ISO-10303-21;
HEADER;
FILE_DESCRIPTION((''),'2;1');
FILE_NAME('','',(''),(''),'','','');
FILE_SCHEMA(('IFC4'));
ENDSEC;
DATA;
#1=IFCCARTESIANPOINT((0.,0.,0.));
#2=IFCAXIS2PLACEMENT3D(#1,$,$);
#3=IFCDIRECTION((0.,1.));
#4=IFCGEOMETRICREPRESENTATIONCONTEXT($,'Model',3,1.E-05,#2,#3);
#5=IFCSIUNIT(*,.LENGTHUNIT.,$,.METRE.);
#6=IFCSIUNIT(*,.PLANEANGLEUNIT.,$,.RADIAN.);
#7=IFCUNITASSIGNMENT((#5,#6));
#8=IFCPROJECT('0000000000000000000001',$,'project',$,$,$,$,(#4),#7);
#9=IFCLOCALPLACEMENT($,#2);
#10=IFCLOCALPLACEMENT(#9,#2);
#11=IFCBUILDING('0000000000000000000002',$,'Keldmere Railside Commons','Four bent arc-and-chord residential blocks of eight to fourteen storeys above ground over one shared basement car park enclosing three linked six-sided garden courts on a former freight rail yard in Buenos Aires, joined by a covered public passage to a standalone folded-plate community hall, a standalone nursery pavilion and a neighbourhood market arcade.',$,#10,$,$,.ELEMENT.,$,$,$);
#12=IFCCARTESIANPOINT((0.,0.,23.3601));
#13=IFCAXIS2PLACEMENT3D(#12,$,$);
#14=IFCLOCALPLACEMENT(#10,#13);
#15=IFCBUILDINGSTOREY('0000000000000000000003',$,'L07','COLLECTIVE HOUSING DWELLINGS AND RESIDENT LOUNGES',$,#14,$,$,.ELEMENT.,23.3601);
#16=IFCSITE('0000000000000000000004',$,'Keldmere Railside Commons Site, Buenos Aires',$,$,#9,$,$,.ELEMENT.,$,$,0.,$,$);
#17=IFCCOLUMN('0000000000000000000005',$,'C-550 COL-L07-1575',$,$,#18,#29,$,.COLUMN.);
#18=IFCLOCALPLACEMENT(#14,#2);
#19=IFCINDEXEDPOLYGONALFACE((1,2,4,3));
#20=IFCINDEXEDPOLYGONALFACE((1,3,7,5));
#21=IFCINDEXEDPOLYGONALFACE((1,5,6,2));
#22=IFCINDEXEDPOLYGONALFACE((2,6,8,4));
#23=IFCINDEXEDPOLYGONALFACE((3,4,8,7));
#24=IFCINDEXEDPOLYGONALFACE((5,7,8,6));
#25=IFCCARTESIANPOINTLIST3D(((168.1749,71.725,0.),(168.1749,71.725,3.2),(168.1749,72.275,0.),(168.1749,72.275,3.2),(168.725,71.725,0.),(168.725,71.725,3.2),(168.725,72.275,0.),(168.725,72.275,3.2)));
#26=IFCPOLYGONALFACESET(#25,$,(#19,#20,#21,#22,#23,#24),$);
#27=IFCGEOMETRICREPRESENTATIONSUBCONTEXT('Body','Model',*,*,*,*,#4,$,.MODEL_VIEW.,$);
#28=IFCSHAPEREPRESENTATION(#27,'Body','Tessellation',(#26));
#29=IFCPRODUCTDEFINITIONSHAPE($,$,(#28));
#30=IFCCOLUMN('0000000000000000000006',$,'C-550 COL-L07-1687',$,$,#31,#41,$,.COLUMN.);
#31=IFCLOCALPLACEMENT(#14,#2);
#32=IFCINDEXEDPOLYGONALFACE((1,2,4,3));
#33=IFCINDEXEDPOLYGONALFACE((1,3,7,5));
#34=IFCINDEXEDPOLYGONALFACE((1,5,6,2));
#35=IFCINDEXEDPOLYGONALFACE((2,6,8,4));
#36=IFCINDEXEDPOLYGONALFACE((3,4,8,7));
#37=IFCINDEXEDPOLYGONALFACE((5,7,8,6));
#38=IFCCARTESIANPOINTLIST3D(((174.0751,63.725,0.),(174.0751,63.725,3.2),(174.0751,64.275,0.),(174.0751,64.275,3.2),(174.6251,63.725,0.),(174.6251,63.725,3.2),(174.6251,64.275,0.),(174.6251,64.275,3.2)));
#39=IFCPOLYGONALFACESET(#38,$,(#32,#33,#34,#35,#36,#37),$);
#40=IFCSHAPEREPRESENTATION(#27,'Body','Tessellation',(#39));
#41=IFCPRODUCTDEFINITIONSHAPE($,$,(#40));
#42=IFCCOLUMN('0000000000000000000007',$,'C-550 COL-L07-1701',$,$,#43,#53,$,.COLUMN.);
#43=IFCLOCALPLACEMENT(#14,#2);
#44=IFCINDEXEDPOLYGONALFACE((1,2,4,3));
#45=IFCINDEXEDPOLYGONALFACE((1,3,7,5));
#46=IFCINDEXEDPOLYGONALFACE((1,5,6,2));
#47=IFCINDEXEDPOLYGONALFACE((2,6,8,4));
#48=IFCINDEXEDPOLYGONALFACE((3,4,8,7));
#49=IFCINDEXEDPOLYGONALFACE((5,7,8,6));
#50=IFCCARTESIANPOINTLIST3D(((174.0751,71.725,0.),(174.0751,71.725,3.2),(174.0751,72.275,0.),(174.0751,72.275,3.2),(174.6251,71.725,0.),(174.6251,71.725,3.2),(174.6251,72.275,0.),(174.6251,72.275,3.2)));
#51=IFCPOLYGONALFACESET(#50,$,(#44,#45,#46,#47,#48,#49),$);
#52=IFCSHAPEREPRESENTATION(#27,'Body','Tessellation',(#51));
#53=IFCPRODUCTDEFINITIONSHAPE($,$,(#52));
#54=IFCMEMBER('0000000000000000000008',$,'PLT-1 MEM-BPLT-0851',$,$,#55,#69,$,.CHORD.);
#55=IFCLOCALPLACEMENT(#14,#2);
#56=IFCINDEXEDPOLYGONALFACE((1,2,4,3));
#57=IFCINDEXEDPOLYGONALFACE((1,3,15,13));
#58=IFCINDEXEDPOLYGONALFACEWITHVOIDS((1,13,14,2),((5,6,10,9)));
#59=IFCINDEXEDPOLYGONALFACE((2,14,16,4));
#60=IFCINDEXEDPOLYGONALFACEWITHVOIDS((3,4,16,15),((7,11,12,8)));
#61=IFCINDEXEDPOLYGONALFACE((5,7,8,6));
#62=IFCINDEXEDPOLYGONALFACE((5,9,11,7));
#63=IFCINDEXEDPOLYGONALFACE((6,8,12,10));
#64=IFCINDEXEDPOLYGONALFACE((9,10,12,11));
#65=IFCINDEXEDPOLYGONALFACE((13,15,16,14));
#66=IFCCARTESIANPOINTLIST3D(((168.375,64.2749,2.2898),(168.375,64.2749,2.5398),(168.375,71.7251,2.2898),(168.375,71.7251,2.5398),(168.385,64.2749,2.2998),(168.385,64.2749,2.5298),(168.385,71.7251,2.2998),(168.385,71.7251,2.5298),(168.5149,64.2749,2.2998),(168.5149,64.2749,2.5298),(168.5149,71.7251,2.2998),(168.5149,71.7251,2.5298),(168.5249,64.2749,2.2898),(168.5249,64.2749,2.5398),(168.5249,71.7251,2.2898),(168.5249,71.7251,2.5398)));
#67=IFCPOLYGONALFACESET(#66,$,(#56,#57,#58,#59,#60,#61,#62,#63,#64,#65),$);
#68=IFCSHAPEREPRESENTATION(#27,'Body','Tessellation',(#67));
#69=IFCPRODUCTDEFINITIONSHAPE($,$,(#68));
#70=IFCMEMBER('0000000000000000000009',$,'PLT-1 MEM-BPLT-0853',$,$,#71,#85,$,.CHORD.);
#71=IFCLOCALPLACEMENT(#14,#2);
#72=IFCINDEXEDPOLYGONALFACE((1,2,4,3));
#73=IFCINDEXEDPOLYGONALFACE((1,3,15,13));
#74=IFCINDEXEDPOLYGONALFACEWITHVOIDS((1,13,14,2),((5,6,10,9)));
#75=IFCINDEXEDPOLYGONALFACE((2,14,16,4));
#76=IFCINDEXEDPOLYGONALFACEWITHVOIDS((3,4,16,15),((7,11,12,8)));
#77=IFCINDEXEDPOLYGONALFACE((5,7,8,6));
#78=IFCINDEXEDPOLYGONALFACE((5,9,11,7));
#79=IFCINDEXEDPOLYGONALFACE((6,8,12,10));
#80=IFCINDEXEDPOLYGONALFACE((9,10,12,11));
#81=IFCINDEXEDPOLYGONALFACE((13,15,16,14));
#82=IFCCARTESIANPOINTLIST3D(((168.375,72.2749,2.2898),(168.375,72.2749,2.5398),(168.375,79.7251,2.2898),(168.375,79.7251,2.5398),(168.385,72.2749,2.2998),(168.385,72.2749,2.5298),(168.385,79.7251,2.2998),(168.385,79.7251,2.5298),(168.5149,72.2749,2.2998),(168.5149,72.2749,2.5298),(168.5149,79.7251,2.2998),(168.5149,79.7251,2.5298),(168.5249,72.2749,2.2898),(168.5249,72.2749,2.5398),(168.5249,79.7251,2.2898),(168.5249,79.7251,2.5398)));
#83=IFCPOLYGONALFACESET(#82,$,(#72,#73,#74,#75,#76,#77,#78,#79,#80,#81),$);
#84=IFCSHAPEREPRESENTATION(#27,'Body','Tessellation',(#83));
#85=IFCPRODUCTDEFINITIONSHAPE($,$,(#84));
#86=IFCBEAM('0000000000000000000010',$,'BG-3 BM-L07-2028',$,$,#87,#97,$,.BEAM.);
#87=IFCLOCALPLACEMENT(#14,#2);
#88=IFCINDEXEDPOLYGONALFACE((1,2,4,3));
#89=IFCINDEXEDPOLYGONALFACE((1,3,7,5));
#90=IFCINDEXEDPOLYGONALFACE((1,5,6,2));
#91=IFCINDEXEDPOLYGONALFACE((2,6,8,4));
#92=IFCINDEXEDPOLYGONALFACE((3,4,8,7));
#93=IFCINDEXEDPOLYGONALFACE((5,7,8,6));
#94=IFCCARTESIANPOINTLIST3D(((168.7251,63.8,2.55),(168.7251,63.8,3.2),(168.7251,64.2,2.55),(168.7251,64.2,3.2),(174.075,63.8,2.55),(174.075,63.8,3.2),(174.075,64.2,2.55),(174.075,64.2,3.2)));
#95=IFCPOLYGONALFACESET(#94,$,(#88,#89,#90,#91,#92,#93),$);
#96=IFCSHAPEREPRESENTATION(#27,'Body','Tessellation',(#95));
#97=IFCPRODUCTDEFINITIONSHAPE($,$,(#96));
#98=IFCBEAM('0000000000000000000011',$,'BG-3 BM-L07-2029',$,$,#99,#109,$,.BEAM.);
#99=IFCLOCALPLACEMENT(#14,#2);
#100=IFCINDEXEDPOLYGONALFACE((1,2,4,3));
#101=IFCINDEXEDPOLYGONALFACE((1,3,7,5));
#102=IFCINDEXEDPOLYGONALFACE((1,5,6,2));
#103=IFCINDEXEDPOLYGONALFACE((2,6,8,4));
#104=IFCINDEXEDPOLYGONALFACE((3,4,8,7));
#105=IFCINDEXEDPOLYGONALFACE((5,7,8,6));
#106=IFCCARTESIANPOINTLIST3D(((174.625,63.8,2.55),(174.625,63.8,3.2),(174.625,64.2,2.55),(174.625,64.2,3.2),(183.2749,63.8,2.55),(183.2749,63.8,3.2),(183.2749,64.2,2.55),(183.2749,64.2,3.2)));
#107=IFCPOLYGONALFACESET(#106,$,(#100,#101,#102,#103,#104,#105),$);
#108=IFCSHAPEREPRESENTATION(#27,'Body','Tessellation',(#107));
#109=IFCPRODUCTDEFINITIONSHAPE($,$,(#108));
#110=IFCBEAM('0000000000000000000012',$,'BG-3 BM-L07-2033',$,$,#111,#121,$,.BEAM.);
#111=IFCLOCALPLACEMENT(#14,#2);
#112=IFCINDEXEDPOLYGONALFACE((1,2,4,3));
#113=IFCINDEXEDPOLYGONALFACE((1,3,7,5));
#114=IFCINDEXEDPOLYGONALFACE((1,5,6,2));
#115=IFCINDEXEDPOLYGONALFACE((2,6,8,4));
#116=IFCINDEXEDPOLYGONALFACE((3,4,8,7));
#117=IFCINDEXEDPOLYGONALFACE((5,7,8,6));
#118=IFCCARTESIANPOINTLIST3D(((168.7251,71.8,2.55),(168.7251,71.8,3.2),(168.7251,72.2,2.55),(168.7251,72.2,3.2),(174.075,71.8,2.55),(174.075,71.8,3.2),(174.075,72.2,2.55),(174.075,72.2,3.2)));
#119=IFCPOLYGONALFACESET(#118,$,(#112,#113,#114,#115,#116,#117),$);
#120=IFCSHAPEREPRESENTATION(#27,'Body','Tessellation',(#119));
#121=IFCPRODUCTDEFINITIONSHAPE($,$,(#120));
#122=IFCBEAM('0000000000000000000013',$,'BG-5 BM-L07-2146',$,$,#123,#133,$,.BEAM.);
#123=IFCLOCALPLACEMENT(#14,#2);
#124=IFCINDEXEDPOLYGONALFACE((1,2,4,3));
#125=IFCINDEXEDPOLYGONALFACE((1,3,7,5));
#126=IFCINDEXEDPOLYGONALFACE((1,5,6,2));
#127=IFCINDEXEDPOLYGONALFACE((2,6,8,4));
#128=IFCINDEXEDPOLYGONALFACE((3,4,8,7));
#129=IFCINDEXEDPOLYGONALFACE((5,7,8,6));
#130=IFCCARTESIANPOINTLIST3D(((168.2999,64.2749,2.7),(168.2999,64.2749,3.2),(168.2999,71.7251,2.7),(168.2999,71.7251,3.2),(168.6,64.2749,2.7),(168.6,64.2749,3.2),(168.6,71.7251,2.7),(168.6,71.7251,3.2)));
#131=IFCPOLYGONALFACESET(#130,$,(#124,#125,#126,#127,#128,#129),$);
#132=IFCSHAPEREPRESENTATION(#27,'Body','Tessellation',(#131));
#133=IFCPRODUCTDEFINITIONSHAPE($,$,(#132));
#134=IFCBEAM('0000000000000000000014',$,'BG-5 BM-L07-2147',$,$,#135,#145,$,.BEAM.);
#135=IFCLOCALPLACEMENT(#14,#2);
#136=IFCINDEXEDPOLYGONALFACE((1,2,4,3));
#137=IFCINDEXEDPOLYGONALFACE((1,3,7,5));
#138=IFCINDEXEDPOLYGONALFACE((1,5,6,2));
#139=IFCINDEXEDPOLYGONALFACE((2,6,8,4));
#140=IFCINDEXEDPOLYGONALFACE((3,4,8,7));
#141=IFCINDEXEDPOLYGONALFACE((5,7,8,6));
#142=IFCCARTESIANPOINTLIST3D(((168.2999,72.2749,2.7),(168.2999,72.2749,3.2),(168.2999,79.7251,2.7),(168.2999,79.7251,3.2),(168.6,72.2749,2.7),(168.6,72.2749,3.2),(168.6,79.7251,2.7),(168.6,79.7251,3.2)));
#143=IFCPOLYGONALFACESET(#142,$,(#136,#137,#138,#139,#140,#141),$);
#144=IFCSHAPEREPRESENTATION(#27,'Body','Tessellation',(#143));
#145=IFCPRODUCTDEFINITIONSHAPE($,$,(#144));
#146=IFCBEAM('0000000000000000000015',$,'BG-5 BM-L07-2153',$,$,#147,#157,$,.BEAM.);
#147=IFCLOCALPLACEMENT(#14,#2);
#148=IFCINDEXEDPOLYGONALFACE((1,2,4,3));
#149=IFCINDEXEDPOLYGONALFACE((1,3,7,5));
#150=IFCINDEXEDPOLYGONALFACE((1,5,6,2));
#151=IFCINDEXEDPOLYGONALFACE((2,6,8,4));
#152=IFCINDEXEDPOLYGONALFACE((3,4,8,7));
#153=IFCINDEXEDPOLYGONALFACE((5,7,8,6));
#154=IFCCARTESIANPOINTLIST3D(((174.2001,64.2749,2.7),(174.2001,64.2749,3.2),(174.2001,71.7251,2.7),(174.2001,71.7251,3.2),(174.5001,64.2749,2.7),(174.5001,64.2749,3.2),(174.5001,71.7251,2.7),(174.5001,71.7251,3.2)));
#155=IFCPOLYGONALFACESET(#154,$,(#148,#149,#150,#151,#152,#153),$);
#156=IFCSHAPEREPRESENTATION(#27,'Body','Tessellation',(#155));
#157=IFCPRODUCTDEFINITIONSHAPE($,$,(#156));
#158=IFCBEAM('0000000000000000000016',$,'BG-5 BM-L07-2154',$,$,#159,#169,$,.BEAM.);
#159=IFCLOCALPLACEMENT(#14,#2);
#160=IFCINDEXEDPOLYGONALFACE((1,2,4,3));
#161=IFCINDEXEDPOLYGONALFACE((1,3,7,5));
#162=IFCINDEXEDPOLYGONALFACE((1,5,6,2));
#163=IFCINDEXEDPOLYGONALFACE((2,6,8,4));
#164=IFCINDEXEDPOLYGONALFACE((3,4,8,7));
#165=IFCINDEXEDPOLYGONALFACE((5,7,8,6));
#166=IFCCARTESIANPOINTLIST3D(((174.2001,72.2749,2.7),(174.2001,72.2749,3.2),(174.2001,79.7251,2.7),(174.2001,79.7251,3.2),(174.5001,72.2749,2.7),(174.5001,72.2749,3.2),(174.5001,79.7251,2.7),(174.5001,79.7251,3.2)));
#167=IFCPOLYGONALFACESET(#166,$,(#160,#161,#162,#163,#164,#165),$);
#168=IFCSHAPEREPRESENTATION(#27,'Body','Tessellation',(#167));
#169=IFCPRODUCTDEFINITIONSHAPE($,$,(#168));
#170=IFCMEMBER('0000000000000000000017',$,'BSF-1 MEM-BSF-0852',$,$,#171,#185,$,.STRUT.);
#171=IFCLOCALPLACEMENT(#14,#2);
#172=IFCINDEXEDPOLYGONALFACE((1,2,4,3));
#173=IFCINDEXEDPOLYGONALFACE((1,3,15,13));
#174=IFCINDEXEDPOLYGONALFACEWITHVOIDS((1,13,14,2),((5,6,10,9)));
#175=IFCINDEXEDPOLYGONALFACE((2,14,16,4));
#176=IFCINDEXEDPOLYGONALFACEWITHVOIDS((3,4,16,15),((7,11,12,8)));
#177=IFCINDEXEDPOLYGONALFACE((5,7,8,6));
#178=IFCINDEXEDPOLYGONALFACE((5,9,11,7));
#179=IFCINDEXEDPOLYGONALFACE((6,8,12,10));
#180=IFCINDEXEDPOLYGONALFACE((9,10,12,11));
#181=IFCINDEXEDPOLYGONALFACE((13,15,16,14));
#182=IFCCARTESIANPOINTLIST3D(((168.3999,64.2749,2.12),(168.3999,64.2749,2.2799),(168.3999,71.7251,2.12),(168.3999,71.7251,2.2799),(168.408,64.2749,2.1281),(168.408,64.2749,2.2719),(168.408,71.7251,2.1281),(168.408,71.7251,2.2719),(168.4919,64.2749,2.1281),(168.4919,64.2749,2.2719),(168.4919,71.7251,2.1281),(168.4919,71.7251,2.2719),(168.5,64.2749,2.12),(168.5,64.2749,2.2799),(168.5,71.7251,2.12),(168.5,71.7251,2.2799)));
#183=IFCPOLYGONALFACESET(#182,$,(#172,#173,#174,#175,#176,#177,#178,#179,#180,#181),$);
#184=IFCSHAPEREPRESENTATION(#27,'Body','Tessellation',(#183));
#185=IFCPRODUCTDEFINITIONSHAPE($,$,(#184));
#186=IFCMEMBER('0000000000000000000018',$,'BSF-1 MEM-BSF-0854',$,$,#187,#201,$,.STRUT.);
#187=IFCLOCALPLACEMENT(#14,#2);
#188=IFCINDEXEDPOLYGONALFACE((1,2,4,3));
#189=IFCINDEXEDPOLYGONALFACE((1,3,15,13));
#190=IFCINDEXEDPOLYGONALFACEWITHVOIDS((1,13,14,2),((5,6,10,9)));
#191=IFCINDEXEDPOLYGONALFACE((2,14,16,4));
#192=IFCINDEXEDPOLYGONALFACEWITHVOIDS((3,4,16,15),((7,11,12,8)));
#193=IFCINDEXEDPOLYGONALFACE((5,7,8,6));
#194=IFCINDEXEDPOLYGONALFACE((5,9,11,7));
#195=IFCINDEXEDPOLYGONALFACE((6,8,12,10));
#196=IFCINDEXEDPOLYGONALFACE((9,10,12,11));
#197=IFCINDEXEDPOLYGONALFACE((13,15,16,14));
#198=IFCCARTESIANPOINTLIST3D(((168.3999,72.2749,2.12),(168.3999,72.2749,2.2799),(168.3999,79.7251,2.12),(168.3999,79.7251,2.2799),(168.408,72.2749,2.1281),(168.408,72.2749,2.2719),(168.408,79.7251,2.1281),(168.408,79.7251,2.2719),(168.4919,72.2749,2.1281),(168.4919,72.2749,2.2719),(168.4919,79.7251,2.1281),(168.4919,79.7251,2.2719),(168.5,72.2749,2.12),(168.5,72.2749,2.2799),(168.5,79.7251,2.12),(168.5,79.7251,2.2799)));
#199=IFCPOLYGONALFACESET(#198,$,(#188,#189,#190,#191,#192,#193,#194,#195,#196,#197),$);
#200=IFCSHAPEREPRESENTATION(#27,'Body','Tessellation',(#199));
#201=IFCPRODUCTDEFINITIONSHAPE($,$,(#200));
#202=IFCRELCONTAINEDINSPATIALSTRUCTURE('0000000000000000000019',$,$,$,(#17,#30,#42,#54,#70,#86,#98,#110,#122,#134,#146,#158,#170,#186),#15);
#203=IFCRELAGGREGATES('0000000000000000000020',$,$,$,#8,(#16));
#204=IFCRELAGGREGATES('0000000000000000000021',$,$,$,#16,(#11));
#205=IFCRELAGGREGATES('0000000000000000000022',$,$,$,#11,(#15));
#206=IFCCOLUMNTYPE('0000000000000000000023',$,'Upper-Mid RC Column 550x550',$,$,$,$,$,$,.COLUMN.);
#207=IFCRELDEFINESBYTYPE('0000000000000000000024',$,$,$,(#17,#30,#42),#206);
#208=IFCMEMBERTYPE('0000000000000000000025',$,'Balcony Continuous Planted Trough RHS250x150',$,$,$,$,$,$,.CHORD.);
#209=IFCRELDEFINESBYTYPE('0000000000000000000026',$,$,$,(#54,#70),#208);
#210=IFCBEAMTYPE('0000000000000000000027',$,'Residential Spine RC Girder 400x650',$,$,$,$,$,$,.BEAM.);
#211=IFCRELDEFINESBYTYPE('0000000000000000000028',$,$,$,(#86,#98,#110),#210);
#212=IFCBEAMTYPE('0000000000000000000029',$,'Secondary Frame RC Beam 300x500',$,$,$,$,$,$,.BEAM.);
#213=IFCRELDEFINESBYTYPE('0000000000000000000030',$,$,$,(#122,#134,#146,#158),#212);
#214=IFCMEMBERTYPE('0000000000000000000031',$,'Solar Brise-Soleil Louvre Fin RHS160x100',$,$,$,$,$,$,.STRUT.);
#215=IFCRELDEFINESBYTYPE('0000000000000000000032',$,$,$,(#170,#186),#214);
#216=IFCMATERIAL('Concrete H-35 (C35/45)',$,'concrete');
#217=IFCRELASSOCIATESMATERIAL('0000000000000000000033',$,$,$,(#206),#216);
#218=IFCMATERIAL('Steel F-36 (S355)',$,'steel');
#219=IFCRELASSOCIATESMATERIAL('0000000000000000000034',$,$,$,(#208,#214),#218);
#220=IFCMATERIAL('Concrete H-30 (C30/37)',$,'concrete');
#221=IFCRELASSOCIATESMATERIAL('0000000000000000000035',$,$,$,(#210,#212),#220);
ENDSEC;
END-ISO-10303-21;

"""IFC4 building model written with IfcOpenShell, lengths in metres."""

from ifc_helpers import new_model, si_unit, direction, frame, origin, origin_2d, place, context, subcontext, project, spatial, rectangle, hollow_rectangle, extrude, material, material_profile, profile_set, type_object, element, save


model = new_model("IFC4")

# Units and contexts
model_context = context("Model", 3, precision=1e-05, world=origin(), true_north=direction((0.0, 1.0)))
body_context = subcontext(model_context, "Body", "Model", "MODEL_VIEW")
ifc_project = project(units=[si_unit("LENGTHUNIT", "METRE"), si_unit("PLANEANGLEUNIT", "RADIAN")], contexts=[model_context])

# Site, building, storey
site_placement = place(None, origin())
site = spatial("IfcSite", under=ifc_project, at=site_placement, Name="Keldmere Railside Commons Site, Buenos Aires", CompositionType="ELEMENT", RefElevation=0.0)
building_placement = place(site_placement, origin())
building = spatial("IfcBuilding", under=site, at=building_placement, Name="Keldmere Railside Commons", Description="Four bent arc-and-chord residential blocks of eight to fourteen storeys above ground over one shared basement car park enclosing three linked six-sided garden courts on a former freight rail yard in Buenos Aires, joined by a covered public passage to a standalone folded-plate community hall, a standalone nursery pavilion and a neighbourhood market arcade.", CompositionType="ELEMENT")
storey_placement = place(building_placement, frame((0.0, 0.0, 23.3601)))
storey = spatial("IfcBuildingStorey", under=building, at=storey_placement, Name="L07", Description="COLLECTIVE HOUSING DWELLINGS AND RESIDENT LOUNGES", CompositionType="ELEMENT", Elevation=23.3601)

# Columns
ifc_material_1 = material(Name="Concrete H-35 (C35/45)", Category="concrete")
ifc_material_profile_1 = material_profile(ifc_material_1, rectangle(XDim=0.55, YDim=0.55, at=origin_2d()), Name="RC-550x550")
ifc_profile_set_1 = profile_set([ifc_material_profile_1], Name="Concrete H-35 (C35/45)")
column_type = type_object("IfcColumnType", Name="Upper-Mid RC Column 550x550", PredefinedType="COLUMN", material=ifc_profile_set_1)
for number, where, z_axis, x_axis, name in (
    (1, (168.45, 72.0, 0.0), (0.0, 0.0, 1.0), (1.0, 0.0, 0.0), "C-550 COL-L07-1575"),
    (2, (174.3501, 64.0, 0.0), (0.0, 0.0, 1.0), (1.0, 0.0, 0.0), "C-550 COL-L07-1687"),
    (3, (174.3501, 72.0, 0.0), (0.0, 0.0, 1.0), (1.0, 0.0, 0.0), "C-550 COL-L07-1701"),
):
    element("IfcColumn", number, at=place(storey_placement, frame(where, z_axis=z_axis, x_axis=x_axis)), inside=storey, type_object=column_type, Name=name, PredefinedType="COLUMN", context=body_context, shape_type="SweptSolid", body=[
        extrude(rectangle(XDim=0.55, YDim=0.55, at=origin_2d()), origin(), (0.0, 0.0, 1.0), 3.2),
    ])

# Members
ifc_material_2 = material(Name="Steel F-36 (S355)", Category="steel")
ifc_material_profile_2 = material_profile(ifc_material_2, hollow_rectangle(XDim=0.1499, YDim=0.25, WallThickness=0.01, at=origin_2d()), Name="RHS-250x150x10")
ifc_profile_set_2 = profile_set([ifc_material_profile_2], Name="Steel F-36 (S355)")
member_type_1 = type_object("IfcMemberType", Name="Balcony Continuous Planted Trough RHS250x150", PredefinedType="CHORD", material=ifc_profile_set_2)
for number, where, z_axis, x_axis, name in (
    (4, (168.45, 64.2749, 2.4148), (0.0, 1.0, 0.0), (-1.0, 0.0, 0.0), "PLT-1 MEM-BPLT-0851"),
    (5, (168.45, 72.2749, 2.4148), (0.0, 1.0, 0.0), (-1.0, 0.0, 0.0), "PLT-1 MEM-BPLT-0853"),
):
    element("IfcMember", number, at=place(storey_placement, frame(where, z_axis=z_axis, x_axis=x_axis)), inside=storey, type_object=member_type_1, Name=name, PredefinedType="CHORD", context=body_context, shape_type="SweptSolid", body=[
        extrude(hollow_rectangle(XDim=0.1499, YDim=0.25, WallThickness=0.01, at=origin_2d()), origin(), (0.0, 0.0, 1.0), 7.4502),
    ])

# Beams
ifc_material_3 = material(Name="Concrete H-30 (C30/37)", Category="concrete")
ifc_material_profile_3 = material_profile(ifc_material_3, rectangle(XDim=0.3999, YDim=0.6499, at=origin_2d()), Name="RC-400x650")
ifc_profile_set_3 = profile_set([ifc_material_profile_3], Name="Concrete H-30 (C30/37)")
beam_type_1 = type_object("IfcBeamType", Name="Residential Spine RC Girder 400x650", PredefinedType="BEAM", material=ifc_profile_set_3)
beam_1_placement = place(storey_placement, frame((168.7251, 64.0, 2.875), z_axis=(1.0, 0.0, 0.0), x_axis=(0.0, 1.0, 0.0)))
element("IfcBeam", 6, at=beam_1_placement, inside=storey, type_object=beam_type_1, Name="BG-3 BM-L07-2028", PredefinedType="BEAM", context=body_context, shape_type="SweptSolid", body=[
    extrude(rectangle(XDim=0.3999, YDim=0.6499, at=origin_2d()), origin(), (0.0, 0.0, 1.0), 5.3499),
])
beam_2_placement = place(storey_placement, frame((174.625, 64.0, 2.875), z_axis=(1.0, 0.0, 0.0), x_axis=(0.0, 1.0, 0.0)))
element("IfcBeam", 7, at=beam_2_placement, inside=storey, type_object=beam_type_1, Name="BG-3 BM-L07-2029", PredefinedType="BEAM", context=body_context, shape_type="SweptSolid", body=[
    extrude(rectangle(XDim=0.3999, YDim=0.6499, at=origin_2d()), origin(), (0.0, 0.0, 1.0), 8.6499),
])
beam_3_placement = place(storey_placement, frame((168.7251, 72.0, 2.875), z_axis=(1.0, 0.0, 0.0), x_axis=(0.0, 1.0, 0.0)))
element("IfcBeam", 8, at=beam_3_placement, inside=storey, type_object=beam_type_1, Name="BG-3 BM-L07-2033", PredefinedType="BEAM", context=body_context, shape_type="SweptSolid", body=[
    extrude(rectangle(XDim=0.3999, YDim=0.6499, at=origin_2d()), origin(), (0.0, 0.0, 1.0), 5.3499),
])
ifc_material_profile_4 = material_profile(ifc_material_3, rectangle(XDim=0.3, YDim=0.5, at=origin_2d()), Name="RC-300x500")
ifc_profile_set_4 = profile_set([ifc_material_profile_4], Name="Concrete H-30 (C30/37)")
beam_type_2 = type_object("IfcBeamType", Name="Secondary Frame RC Beam 300x500", PredefinedType="BEAM", material=ifc_profile_set_4)
for number, where, z_axis, x_axis, name in (
    (9, (168.45, 64.2749, 2.95), (0.0, 1.0, 0.0), (-1.0, 0.0, 0.0), "BG-5 BM-L07-2146"),
    (10, (168.45, 72.2749, 2.95), (0.0, 1.0, 0.0), (-1.0, 0.0, 0.0), "BG-5 BM-L07-2147"),
    (11, (174.3501, 64.2749, 2.95), (0.0, 1.0, 0.0), (-1.0, 0.0, 0.0), "BG-5 BM-L07-2153"),
    (12, (174.3501, 72.2749, 2.95), (0.0, 1.0, 0.0), (-1.0, 0.0, 0.0), "BG-5 BM-L07-2154"),
):
    element("IfcBeam", number, at=place(storey_placement, frame(where, z_axis=z_axis, x_axis=x_axis)), inside=storey, type_object=beam_type_2, Name=name, PredefinedType="BEAM", context=body_context, shape_type="SweptSolid", body=[
        extrude(rectangle(XDim=0.3, YDim=0.5, at=origin_2d()), origin(), (0.0, 0.0, 1.0), 7.4502),
    ])

# Members
ifc_material_profile_5 = material_profile(ifc_material_2, hollow_rectangle(XDim=0.1001, YDim=0.1599, WallThickness=0.0081, at=origin_2d()), Name="RHS-160x100x8")
ifc_profile_set_5 = profile_set([ifc_material_profile_5], Name="Steel F-36 (S355)")
member_type_2 = type_object("IfcMemberType", Name="Solar Brise-Soleil Louvre Fin RHS160x100", PredefinedType="STRUT", material=ifc_profile_set_5)
for number, where, z_axis, x_axis, name in (
    (13, (168.45, 64.2749, 2.2), (0.0, 1.0, 0.0), (-1.0, 0.0, 0.0), "BSF-1 MEM-BSF-0852"),
    (14, (168.45, 72.2749, 2.2), (0.0, 1.0, 0.0), (-1.0, 0.0, 0.0), "BSF-1 MEM-BSF-0854"),
):
    element("IfcMember", number, at=place(storey_placement, frame(where, z_axis=z_axis, x_axis=x_axis)), inside=storey, type_object=member_type_2, Name=name, PredefinedType="STRUT", context=body_context, shape_type="SweptSolid", body=[
        extrude(hollow_rectangle(XDim=0.1001, YDim=0.1599, WallThickness=0.0081, at=origin_2d()), origin(), (0.0, 0.0, 1.0), 7.4502),
    ])

save(model, "model.ifc")
